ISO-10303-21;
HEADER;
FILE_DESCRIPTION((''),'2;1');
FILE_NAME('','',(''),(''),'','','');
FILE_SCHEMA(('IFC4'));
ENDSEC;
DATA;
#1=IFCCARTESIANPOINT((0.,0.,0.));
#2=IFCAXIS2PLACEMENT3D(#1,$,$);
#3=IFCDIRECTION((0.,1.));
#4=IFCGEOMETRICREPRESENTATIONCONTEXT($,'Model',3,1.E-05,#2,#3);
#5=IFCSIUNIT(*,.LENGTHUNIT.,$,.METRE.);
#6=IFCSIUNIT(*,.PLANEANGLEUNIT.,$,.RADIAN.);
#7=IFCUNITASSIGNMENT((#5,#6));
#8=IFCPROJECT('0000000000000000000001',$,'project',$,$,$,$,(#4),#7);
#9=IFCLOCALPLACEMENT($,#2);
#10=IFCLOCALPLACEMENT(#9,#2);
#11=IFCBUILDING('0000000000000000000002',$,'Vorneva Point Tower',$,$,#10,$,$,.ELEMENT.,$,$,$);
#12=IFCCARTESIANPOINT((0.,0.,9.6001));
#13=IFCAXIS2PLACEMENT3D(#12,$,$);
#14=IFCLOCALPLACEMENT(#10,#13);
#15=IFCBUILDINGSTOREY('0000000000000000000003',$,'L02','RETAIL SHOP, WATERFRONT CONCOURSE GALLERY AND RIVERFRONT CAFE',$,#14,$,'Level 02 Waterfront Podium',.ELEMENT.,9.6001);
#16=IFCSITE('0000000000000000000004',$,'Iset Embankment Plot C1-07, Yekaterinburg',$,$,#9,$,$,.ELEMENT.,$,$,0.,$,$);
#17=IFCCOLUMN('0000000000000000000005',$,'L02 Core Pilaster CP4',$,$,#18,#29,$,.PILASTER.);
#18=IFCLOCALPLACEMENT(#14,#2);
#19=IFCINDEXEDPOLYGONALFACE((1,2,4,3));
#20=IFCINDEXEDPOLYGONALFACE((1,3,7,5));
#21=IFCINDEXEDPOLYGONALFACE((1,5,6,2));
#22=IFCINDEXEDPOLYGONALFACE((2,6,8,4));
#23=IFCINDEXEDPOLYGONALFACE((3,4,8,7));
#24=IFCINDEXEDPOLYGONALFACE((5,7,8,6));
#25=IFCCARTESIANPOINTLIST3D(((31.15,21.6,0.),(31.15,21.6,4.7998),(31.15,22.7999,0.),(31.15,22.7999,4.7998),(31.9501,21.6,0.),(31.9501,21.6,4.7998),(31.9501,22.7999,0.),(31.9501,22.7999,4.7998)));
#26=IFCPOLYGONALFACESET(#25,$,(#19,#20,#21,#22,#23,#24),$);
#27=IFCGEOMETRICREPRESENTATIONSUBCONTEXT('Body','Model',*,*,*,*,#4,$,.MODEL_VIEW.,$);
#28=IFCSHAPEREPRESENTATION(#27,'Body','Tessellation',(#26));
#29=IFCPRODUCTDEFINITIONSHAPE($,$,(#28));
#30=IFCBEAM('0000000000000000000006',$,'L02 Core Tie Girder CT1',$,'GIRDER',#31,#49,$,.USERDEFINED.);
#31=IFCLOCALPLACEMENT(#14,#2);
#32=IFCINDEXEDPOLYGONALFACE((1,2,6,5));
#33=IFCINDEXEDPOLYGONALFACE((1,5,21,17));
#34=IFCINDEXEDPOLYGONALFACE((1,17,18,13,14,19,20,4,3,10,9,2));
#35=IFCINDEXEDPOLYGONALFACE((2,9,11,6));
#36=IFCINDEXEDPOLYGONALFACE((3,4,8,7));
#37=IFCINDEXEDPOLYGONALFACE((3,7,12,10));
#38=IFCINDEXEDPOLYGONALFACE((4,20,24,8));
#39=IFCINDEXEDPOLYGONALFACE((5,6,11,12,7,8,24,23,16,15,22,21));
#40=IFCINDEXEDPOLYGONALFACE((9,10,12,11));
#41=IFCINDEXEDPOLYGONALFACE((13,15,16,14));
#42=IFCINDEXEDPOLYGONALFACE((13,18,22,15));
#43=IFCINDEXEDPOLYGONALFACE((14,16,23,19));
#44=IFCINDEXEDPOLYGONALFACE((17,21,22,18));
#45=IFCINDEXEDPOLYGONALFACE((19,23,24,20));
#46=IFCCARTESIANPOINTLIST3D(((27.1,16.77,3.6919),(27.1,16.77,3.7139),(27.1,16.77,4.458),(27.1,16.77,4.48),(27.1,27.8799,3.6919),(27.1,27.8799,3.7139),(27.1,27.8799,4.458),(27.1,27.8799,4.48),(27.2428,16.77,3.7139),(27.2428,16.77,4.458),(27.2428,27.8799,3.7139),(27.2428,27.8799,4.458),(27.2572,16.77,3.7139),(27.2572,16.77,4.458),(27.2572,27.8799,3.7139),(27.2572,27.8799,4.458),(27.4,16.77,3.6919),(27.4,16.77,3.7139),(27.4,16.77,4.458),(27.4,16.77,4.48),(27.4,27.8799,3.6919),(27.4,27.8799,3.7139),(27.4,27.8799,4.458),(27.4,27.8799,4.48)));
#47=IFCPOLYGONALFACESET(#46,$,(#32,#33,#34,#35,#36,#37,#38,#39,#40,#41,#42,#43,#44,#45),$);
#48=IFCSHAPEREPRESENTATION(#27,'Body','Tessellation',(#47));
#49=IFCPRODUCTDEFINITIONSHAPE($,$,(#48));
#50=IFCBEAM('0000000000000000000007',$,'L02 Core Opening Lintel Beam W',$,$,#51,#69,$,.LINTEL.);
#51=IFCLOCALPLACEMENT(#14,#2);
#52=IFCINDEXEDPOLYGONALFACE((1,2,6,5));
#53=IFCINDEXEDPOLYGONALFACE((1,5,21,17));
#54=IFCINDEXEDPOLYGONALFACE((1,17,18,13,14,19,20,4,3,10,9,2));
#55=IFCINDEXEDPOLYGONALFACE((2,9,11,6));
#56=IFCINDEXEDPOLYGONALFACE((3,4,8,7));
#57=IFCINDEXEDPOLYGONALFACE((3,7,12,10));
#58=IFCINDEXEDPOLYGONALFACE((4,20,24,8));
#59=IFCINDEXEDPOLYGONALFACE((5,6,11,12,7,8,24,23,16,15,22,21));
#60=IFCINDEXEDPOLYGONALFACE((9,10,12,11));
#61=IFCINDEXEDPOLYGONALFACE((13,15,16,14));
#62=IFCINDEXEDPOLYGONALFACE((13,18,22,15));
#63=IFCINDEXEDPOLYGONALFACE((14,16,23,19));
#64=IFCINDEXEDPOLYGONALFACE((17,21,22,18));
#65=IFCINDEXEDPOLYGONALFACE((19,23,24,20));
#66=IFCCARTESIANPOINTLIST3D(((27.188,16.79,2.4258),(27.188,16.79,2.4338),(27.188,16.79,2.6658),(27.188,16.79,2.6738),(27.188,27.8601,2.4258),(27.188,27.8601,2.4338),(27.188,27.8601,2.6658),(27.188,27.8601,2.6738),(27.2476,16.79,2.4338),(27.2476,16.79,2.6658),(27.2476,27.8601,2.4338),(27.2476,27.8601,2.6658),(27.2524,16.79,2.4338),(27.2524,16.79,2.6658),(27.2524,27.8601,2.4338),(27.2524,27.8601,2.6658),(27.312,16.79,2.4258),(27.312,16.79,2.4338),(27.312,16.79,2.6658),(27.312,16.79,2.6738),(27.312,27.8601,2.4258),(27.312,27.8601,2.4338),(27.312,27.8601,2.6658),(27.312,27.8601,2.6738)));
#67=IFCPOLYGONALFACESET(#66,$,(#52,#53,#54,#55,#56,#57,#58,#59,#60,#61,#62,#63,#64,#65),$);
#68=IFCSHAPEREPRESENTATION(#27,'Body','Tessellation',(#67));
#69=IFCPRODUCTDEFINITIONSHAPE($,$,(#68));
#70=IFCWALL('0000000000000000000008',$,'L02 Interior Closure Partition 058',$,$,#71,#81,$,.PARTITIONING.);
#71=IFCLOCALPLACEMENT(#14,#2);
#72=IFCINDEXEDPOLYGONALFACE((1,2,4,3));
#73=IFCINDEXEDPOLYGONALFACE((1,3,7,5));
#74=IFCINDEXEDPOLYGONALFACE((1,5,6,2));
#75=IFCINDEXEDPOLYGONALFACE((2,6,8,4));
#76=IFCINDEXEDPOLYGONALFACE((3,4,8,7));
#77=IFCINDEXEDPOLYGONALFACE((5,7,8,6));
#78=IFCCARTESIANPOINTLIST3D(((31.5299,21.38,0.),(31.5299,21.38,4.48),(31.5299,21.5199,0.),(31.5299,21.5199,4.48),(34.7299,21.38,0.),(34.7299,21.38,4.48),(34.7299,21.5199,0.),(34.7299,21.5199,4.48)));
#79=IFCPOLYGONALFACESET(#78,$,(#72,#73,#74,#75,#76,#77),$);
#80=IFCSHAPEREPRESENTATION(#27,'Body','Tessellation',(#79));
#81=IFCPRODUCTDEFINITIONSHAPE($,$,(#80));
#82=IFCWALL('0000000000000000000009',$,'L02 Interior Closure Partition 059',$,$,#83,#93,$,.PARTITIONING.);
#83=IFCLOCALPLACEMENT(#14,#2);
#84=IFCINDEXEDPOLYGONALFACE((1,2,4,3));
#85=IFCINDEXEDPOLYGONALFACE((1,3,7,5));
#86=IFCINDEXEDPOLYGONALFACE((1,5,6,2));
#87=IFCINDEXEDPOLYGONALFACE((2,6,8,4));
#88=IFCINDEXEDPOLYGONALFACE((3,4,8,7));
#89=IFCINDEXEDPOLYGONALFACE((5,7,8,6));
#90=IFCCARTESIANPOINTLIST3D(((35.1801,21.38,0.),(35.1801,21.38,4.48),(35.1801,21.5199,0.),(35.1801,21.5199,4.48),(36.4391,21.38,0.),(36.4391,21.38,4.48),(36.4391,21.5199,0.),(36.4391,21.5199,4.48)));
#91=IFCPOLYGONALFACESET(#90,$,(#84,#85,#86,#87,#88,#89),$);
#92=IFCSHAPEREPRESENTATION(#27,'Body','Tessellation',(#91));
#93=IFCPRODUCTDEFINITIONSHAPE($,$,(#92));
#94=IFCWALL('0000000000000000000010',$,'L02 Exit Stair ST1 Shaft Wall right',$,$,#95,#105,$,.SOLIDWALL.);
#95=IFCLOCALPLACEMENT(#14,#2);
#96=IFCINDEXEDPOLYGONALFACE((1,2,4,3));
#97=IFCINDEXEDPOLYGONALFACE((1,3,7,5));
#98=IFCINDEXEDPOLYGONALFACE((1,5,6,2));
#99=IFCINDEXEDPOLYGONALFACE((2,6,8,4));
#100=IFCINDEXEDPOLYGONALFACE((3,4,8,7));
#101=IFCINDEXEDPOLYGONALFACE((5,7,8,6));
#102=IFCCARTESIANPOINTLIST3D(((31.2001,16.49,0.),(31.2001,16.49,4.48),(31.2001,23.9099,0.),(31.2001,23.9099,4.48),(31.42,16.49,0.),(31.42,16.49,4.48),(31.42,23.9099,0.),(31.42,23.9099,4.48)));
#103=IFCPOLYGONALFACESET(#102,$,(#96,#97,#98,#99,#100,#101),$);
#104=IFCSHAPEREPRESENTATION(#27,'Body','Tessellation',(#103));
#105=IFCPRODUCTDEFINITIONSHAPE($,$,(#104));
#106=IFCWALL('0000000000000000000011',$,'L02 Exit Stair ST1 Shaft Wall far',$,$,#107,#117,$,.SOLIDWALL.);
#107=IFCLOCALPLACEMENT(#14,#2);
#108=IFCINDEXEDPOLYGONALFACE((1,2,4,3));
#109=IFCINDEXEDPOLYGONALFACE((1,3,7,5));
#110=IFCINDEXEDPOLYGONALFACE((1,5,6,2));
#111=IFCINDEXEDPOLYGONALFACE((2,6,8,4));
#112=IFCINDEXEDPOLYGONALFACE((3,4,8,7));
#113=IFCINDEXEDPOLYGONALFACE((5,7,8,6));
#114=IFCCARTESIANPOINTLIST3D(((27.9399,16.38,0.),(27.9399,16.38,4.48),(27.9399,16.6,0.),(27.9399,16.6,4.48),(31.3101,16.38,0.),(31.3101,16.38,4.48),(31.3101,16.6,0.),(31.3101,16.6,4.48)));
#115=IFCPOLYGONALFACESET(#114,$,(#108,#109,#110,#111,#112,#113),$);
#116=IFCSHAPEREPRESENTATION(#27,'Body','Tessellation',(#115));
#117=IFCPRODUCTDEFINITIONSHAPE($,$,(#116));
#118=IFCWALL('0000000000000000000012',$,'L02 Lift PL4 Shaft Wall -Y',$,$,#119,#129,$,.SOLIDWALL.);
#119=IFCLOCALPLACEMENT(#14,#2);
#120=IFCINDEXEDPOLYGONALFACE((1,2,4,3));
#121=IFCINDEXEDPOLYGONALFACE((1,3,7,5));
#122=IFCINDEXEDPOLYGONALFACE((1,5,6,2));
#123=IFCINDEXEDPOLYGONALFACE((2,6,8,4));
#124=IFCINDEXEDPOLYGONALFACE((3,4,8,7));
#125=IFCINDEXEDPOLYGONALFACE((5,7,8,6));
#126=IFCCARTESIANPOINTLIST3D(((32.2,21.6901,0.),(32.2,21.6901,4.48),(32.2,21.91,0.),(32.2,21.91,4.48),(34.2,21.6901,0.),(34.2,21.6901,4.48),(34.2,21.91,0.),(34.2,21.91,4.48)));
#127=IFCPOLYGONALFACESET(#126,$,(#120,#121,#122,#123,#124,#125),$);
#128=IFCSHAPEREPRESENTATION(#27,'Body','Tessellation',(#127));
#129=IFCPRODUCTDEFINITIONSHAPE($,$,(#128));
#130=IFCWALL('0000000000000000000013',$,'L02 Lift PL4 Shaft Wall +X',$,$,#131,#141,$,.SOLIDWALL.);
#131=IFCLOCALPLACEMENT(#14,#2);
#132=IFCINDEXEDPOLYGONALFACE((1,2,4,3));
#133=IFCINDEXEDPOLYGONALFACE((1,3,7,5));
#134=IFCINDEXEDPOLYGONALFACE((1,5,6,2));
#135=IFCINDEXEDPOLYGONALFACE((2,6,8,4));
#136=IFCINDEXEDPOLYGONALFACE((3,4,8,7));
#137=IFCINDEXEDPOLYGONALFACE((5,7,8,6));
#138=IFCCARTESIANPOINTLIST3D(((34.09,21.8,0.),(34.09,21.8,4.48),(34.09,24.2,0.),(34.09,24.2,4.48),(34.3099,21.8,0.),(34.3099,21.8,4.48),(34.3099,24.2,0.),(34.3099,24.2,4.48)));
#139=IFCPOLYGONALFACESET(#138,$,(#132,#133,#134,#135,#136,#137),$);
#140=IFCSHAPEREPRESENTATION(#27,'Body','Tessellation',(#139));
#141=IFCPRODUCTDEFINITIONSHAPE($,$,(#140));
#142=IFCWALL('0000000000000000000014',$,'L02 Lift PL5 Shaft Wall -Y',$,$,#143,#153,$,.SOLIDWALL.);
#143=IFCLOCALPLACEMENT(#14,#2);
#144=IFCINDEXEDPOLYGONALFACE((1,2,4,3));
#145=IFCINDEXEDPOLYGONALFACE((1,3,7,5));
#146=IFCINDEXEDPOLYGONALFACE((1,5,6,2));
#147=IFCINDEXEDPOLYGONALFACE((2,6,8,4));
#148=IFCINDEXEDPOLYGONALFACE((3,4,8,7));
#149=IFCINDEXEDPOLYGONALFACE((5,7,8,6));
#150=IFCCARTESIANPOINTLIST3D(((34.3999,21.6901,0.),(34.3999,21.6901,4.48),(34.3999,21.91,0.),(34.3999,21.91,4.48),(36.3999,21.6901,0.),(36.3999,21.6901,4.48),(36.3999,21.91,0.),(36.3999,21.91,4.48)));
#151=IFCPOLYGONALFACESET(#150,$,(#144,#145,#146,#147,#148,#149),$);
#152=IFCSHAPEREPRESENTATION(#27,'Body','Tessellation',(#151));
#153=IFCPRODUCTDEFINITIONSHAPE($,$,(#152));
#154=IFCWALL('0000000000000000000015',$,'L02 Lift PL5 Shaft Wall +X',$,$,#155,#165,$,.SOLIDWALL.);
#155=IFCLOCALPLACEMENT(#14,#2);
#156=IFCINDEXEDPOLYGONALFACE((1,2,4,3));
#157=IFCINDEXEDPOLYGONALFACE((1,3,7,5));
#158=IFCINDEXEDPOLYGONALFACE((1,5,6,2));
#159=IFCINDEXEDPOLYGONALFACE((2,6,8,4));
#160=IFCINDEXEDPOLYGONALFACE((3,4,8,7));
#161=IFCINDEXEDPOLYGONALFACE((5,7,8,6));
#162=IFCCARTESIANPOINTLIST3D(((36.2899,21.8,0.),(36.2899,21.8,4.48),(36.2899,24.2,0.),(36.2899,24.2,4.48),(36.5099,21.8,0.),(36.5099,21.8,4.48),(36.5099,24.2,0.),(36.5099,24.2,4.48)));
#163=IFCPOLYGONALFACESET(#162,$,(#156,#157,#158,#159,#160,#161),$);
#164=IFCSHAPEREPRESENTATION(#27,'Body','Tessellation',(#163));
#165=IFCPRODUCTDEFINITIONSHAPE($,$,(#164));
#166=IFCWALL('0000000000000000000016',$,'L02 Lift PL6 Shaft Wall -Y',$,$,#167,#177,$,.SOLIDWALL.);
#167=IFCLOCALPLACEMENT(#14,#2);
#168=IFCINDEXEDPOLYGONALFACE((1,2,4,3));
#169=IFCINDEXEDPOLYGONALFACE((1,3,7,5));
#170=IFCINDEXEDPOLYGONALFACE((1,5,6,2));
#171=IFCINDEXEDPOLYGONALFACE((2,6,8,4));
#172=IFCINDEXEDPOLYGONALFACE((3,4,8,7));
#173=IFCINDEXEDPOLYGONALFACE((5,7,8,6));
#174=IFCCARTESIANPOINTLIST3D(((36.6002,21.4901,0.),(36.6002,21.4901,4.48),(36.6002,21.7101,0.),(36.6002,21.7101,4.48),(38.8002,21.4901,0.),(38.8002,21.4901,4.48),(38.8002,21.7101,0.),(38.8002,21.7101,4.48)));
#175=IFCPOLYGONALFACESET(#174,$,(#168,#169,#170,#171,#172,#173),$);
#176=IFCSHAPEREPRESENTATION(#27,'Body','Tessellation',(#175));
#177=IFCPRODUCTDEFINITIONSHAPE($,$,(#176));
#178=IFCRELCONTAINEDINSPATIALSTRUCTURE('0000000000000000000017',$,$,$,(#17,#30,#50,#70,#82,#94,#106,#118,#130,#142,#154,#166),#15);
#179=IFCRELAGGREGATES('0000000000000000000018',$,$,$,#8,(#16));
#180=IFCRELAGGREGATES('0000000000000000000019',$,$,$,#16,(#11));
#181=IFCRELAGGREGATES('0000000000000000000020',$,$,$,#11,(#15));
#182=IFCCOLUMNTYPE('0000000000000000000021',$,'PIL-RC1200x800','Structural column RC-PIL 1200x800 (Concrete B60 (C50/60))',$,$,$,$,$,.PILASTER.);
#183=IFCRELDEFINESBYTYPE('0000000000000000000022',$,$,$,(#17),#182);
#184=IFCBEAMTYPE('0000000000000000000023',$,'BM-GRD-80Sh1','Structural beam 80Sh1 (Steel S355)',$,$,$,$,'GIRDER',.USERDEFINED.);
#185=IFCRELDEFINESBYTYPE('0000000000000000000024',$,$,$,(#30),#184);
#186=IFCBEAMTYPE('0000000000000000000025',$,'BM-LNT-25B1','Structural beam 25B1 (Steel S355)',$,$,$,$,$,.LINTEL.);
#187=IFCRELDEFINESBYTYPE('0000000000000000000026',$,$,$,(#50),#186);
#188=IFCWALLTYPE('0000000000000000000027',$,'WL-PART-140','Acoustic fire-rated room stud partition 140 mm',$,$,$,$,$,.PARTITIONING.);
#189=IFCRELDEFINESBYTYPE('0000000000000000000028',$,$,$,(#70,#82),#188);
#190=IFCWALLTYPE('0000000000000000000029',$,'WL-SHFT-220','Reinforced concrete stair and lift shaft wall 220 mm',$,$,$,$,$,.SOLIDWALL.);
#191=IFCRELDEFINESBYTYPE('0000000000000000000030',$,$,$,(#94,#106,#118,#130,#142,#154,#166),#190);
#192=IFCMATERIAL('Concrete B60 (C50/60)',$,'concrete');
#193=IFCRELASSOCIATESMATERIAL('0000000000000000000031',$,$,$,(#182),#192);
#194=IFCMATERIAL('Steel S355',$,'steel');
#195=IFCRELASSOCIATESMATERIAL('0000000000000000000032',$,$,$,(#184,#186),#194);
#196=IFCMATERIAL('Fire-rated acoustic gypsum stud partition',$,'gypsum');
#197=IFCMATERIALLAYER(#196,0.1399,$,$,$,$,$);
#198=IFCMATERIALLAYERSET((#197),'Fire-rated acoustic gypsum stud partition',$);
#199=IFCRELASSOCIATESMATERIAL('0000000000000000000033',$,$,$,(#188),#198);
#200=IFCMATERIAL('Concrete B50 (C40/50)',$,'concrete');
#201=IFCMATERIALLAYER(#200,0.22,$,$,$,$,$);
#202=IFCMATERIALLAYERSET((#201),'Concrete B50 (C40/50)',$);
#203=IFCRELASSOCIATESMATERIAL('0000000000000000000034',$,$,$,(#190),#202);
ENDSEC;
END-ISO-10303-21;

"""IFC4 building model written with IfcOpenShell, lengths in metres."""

from ifc_helpers import new_model, si_unit, direction, frame, frame_2d, origin, origin_2d, place, context, subcontext, project, spatial, rectangle, i_section, extrude, material, layer, layer_set, material_profile, profile_set, type_object, element, save


model = new_model("IFC4")

# Units and contexts
model_context = context("Model", 3, precision=1e-05, world=origin(), true_north=direction((0.0, 1.0)))
body_context = subcontext(model_context, "Body", "Model", "MODEL_VIEW")
ifc_project = project(units=[si_unit("LENGTHUNIT", "METRE"), si_unit("PLANEANGLEUNIT", "RADIAN")], contexts=[model_context])

# Site, building, storey
site_placement = place(None, origin())
site = spatial("IfcSite", under=ifc_project, at=site_placement, Name="Iset Embankment Plot C1-07, Yekaterinburg", CompositionType="ELEMENT", RefElevation=0.0)
building_placement = place(site_placement, origin())
building = spatial("IfcBuilding", under=site, at=building_placement, Name="Vorneva Point Tower", CompositionType="ELEMENT")
storey_placement = place(building_placement, frame((0.0, 0.0, 9.6001)))
storey = spatial("IfcBuildingStorey", under=building, at=storey_placement, Name="L02", Description="RETAIL SHOP, WATERFRONT CONCOURSE GALLERY AND RIVERFRONT CAFE", LongName="Level 02 Waterfront Podium", CompositionType="ELEMENT", Elevation=9.6001)

# Column
ifc_material_1 = material(Name="Concrete B60 (C50/60)", Category="concrete")
ifc_material_profile_1 = material_profile(ifc_material_1, rectangle(XDim=0.8, YDim=1.2, at=origin_2d()), Name="RC-PIL 1200x800")
ifc_profile_set_1 = profile_set([ifc_material_profile_1], Name="Concrete B60 (C50/60)")
column_type = type_object("IfcColumnType", Name="PIL-RC1200x800", Description="Structural column RC-PIL 1200x800 (Concrete B60 (C50/60))", PredefinedType="PILASTER", material=ifc_profile_set_1)
column_placement = place(storey_placement, frame((31.55, 22.2, 0.0), z_axis=(0.0, 0.0, 1.0), x_axis=(1.0, 0.0, 0.0)))
element("IfcColumn", 1, at=column_placement, inside=storey, type_object=column_type, Name="L02 Core Pilaster CP4", PredefinedType="PILASTER", context=body_context, shape_type="SweptSolid", body=[
    extrude(rectangle(XDim=0.8, YDim=1.2, at=origin_2d()), origin(), (0.0, 0.0, 1.0), 4.7998),
])

# Beams
ifc_material_2 = material(Name="Steel S355", Category="steel")
ifc_material_profile_2 = material_profile(ifc_material_2, i_section(OverallWidth=0.3, OverallDepth=0.7881, WebThickness=0.0144, FlangeThickness=0.022, at=origin_2d()), Name="80Sh1")
ifc_profile_set_2 = profile_set([ifc_material_profile_2], Name="Steel S355")
beam_type_1 = type_object("IfcBeamType", Name="BM-GRD-80Sh1", Description="Structural beam 80Sh1 (Steel S355)", ElementType="GIRDER", PredefinedType="USERDEFINED", material=ifc_profile_set_2)
beam_1_placement = place(storey_placement, frame((27.25, 16.77, 4.0859), z_axis=(0.0, 1.0, 0.0), x_axis=(-1.0, 0.0, 0.0)))
element("IfcBeam", 2, at=beam_1_placement, inside=storey, type_object=beam_type_1, Name="L02 Core Tie Girder CT1", ObjectType="GIRDER", PredefinedType="USERDEFINED", context=body_context, shape_type="SweptSolid", body=[
    extrude(i_section(OverallWidth=0.3, OverallDepth=0.7881, WebThickness=0.0144, FlangeThickness=0.022, at=origin_2d()), origin(), (0.0, 0.0, 1.0), 11.1099),
])
ifc_material_profile_3 = material_profile(ifc_material_2, i_section(OverallWidth=0.124, OverallDepth=0.248, WebThickness=0.0049, FlangeThickness=0.0081, at=origin_2d()), Name="25B1")
ifc_profile_set_3 = profile_set([ifc_material_profile_3], Name="Steel S355")
beam_type_2 = type_object("IfcBeamType", Name="BM-LNT-25B1", Description="Structural beam 25B1 (Steel S355)", PredefinedType="LINTEL", material=ifc_profile_set_3)
beam_2_placement = place(storey_placement, frame((27.25, 16.79, 2.5498), z_axis=(0.0, 1.0, 0.0), x_axis=(-1.0, 0.0, 0.0)))
element("IfcBeam", 3, at=beam_2_placement, inside=storey, type_object=beam_type_2, Name="L02 Core Opening Lintel Beam W", PredefinedType="LINTEL", context=body_context, shape_type="SweptSolid", body=[
    extrude(i_section(OverallWidth=0.124, OverallDepth=0.248, WebThickness=0.0049, FlangeThickness=0.0081, at=origin_2d()), origin(), (0.0, 0.0, 1.0), 11.0701),
])

# Walls
ifc_material_3 = material(Name="Fire-rated acoustic gypsum stud partition", Category="gypsum")
ifc_layer_1 = layer(ifc_material_3, 0.1399)
ifc_layer_set_1 = layer_set([ifc_layer_1], Name="Fire-rated acoustic gypsum stud partition")
wall_type_1 = type_object("IfcWallType", Name="WL-PART-140", Description="Acoustic fire-rated room stud partition 140 mm", PredefinedType="PARTITIONING", material=ifc_layer_set_1)
wall_1_placement = place(storey_placement, frame((34.73, 21.45, 0.0), z_axis=(0.0, 0.0, 1.0), x_axis=(-1.0, 0.0, 0.0)))
element("IfcWall", 4, at=wall_1_placement, inside=storey, type_object=wall_type_1, Name="L02 Interior Closure Partition 058", PredefinedType="PARTITIONING", context=body_context, shape_type="SweptSolid", body=[
    extrude(rectangle(XDim=3.2, YDim=0.1399, at=frame_2d((1.6001, 0.0))), origin(), (0.0, 0.0, 1.0), 4.48),
])
wall_2_placement = place(storey_placement, frame((36.439, 21.45, 0.0), z_axis=(0.0, 0.0, 1.0), x_axis=(-1.0, 0.0, 0.0)))
element("IfcWall", 5, at=wall_2_placement, inside=storey, type_object=wall_type_1, Name="L02 Interior Closure Partition 059", PredefinedType="PARTITIONING", context=body_context, shape_type="SweptSolid", body=[
    extrude(rectangle(XDim=1.259, YDim=0.1399, at=frame_2d((0.6294, 0.0))), origin(), (0.0, 0.0, 1.0), 4.48),
])

# Shared definitions
ifc_material_4 = material(Name="Concrete B50 (C40/50)", Category="concrete")
ifc_layer_2 = layer(ifc_material_4, 0.22)
ifc_layer_set_2 = layer_set([ifc_layer_2], Name="Concrete B50 (C40/50)")
wall_type_2 = type_object("IfcWallType", Name="WL-SHFT-220", Description="Reinforced concrete stair and lift shaft wall 220 mm", PredefinedType="SOLIDWALL", material=ifc_layer_set_2)

# Walls
wall_3_placement = place(storey_placement, frame((31.3101, 23.9099, 0.0), z_axis=(0.0, 0.0, 1.0), x_axis=(0.0, -1.0, 0.0)))
element("IfcWall", 6, at=wall_3_placement, inside=storey, type_object=wall_type_2, Name="L02 Exit Stair ST1 Shaft Wall right", PredefinedType="SOLIDWALL", context=body_context, shape_type="SweptSolid", body=[
    extrude(rectangle(XDim=7.4199, YDim=0.22, at=frame_2d((3.71, 0.0))), origin(), (0.0, 0.0, 1.0), 4.48),
])
wall_4_placement = place(storey_placement, frame((31.3101, 16.49, 0.0), z_axis=(0.0, 0.0, 1.0), x_axis=(-1.0, 0.0, 0.0)))
element("IfcWall", 7, at=wall_4_placement, inside=storey, type_object=wall_type_2, Name="L02 Exit Stair ST1 Shaft Wall far", PredefinedType="SOLIDWALL", context=body_context, shape_type="SweptSolid", body=[
    extrude(rectangle(XDim=3.3701, YDim=0.22, at=frame_2d((1.6851, 0.0))), origin(), (0.0, 0.0, 1.0), 4.48),
])
wall_5_placement = place(storey_placement, frame((32.2, 21.8, 0.0), z_axis=(0.0, 0.0, 1.0), x_axis=(1.0, 0.0, 0.0)))
element("IfcWall", 8, at=wall_5_placement, inside=storey, type_object=wall_type_2, Name="L02 Lift PL4 Shaft Wall -Y", PredefinedType="SOLIDWALL", context=body_context, shape_type="SweptSolid", body=[
    extrude(rectangle(XDim=2.0, YDim=0.22, at=frame_2d((1.0, 0.0))), origin(), (0.0, 0.0, 1.0), 4.48),
])
wall_6_placement = place(storey_placement, frame((34.2, 21.8, 0.0), z_axis=(0.0, 0.0, 1.0), x_axis=(0.0, 1.0, 0.0)))
element("IfcWall", 9, at=wall_6_placement, inside=storey, type_object=wall_type_2, Name="L02 Lift PL4 Shaft Wall +X", PredefinedType="SOLIDWALL", context=body_context, shape_type="SweptSolid", body=[
    extrude(rectangle(XDim=2.3999, YDim=0.22, at=frame_2d((1.2, 0.0))), origin(), (0.0, 0.0, 1.0), 4.48),
])
wall_7_placement = place(storey_placement, frame((34.3999, 21.8, 0.0), z_axis=(0.0, 0.0, 1.0), x_axis=(1.0, 0.0, 0.0)))
element("IfcWall", 10, at=wall_7_placement, inside=storey, type_object=wall_type_2, Name="L02 Lift PL5 Shaft Wall -Y", PredefinedType="SOLIDWALL", context=body_context, shape_type="SweptSolid", body=[
    extrude(rectangle(XDim=2.0, YDim=0.22, at=frame_2d((1.0, 0.0))), origin(), (0.0, 0.0, 1.0), 4.48),
])
wall_8_placement = place(storey_placement, frame((36.3999, 21.8, 0.0), z_axis=(0.0, 0.0, 1.0), x_axis=(0.0, 1.0, 0.0)))
element("IfcWall", 11, at=wall_8_placement, inside=storey, type_object=wall_type_2, Name="L02 Lift PL5 Shaft Wall +X", PredefinedType="SOLIDWALL", context=body_context, shape_type="SweptSolid", body=[
    extrude(rectangle(XDim=2.3999, YDim=0.22, at=frame_2d((1.2, 0.0))), origin(), (0.0, 0.0, 1.0), 4.48),
])
wall_9_placement = place(storey_placement, frame((36.6001, 21.6001, 0.0), z_axis=(0.0, 0.0, 1.0), x_axis=(1.0, 0.0, 0.0)))
element("IfcWall", 12, at=wall_9_placement, inside=storey, type_object=wall_type_2, Name="L02 Lift PL6 Shaft Wall -Y", PredefinedType="SOLIDWALL", context=body_context, shape_type="SweptSolid", body=[
    extrude(rectangle(XDim=2.2, YDim=0.22, at=frame_2d((1.1001, 0.0))), origin(), (0.0, 0.0, 1.0), 4.48),
])

save(model, "model.ifc")
